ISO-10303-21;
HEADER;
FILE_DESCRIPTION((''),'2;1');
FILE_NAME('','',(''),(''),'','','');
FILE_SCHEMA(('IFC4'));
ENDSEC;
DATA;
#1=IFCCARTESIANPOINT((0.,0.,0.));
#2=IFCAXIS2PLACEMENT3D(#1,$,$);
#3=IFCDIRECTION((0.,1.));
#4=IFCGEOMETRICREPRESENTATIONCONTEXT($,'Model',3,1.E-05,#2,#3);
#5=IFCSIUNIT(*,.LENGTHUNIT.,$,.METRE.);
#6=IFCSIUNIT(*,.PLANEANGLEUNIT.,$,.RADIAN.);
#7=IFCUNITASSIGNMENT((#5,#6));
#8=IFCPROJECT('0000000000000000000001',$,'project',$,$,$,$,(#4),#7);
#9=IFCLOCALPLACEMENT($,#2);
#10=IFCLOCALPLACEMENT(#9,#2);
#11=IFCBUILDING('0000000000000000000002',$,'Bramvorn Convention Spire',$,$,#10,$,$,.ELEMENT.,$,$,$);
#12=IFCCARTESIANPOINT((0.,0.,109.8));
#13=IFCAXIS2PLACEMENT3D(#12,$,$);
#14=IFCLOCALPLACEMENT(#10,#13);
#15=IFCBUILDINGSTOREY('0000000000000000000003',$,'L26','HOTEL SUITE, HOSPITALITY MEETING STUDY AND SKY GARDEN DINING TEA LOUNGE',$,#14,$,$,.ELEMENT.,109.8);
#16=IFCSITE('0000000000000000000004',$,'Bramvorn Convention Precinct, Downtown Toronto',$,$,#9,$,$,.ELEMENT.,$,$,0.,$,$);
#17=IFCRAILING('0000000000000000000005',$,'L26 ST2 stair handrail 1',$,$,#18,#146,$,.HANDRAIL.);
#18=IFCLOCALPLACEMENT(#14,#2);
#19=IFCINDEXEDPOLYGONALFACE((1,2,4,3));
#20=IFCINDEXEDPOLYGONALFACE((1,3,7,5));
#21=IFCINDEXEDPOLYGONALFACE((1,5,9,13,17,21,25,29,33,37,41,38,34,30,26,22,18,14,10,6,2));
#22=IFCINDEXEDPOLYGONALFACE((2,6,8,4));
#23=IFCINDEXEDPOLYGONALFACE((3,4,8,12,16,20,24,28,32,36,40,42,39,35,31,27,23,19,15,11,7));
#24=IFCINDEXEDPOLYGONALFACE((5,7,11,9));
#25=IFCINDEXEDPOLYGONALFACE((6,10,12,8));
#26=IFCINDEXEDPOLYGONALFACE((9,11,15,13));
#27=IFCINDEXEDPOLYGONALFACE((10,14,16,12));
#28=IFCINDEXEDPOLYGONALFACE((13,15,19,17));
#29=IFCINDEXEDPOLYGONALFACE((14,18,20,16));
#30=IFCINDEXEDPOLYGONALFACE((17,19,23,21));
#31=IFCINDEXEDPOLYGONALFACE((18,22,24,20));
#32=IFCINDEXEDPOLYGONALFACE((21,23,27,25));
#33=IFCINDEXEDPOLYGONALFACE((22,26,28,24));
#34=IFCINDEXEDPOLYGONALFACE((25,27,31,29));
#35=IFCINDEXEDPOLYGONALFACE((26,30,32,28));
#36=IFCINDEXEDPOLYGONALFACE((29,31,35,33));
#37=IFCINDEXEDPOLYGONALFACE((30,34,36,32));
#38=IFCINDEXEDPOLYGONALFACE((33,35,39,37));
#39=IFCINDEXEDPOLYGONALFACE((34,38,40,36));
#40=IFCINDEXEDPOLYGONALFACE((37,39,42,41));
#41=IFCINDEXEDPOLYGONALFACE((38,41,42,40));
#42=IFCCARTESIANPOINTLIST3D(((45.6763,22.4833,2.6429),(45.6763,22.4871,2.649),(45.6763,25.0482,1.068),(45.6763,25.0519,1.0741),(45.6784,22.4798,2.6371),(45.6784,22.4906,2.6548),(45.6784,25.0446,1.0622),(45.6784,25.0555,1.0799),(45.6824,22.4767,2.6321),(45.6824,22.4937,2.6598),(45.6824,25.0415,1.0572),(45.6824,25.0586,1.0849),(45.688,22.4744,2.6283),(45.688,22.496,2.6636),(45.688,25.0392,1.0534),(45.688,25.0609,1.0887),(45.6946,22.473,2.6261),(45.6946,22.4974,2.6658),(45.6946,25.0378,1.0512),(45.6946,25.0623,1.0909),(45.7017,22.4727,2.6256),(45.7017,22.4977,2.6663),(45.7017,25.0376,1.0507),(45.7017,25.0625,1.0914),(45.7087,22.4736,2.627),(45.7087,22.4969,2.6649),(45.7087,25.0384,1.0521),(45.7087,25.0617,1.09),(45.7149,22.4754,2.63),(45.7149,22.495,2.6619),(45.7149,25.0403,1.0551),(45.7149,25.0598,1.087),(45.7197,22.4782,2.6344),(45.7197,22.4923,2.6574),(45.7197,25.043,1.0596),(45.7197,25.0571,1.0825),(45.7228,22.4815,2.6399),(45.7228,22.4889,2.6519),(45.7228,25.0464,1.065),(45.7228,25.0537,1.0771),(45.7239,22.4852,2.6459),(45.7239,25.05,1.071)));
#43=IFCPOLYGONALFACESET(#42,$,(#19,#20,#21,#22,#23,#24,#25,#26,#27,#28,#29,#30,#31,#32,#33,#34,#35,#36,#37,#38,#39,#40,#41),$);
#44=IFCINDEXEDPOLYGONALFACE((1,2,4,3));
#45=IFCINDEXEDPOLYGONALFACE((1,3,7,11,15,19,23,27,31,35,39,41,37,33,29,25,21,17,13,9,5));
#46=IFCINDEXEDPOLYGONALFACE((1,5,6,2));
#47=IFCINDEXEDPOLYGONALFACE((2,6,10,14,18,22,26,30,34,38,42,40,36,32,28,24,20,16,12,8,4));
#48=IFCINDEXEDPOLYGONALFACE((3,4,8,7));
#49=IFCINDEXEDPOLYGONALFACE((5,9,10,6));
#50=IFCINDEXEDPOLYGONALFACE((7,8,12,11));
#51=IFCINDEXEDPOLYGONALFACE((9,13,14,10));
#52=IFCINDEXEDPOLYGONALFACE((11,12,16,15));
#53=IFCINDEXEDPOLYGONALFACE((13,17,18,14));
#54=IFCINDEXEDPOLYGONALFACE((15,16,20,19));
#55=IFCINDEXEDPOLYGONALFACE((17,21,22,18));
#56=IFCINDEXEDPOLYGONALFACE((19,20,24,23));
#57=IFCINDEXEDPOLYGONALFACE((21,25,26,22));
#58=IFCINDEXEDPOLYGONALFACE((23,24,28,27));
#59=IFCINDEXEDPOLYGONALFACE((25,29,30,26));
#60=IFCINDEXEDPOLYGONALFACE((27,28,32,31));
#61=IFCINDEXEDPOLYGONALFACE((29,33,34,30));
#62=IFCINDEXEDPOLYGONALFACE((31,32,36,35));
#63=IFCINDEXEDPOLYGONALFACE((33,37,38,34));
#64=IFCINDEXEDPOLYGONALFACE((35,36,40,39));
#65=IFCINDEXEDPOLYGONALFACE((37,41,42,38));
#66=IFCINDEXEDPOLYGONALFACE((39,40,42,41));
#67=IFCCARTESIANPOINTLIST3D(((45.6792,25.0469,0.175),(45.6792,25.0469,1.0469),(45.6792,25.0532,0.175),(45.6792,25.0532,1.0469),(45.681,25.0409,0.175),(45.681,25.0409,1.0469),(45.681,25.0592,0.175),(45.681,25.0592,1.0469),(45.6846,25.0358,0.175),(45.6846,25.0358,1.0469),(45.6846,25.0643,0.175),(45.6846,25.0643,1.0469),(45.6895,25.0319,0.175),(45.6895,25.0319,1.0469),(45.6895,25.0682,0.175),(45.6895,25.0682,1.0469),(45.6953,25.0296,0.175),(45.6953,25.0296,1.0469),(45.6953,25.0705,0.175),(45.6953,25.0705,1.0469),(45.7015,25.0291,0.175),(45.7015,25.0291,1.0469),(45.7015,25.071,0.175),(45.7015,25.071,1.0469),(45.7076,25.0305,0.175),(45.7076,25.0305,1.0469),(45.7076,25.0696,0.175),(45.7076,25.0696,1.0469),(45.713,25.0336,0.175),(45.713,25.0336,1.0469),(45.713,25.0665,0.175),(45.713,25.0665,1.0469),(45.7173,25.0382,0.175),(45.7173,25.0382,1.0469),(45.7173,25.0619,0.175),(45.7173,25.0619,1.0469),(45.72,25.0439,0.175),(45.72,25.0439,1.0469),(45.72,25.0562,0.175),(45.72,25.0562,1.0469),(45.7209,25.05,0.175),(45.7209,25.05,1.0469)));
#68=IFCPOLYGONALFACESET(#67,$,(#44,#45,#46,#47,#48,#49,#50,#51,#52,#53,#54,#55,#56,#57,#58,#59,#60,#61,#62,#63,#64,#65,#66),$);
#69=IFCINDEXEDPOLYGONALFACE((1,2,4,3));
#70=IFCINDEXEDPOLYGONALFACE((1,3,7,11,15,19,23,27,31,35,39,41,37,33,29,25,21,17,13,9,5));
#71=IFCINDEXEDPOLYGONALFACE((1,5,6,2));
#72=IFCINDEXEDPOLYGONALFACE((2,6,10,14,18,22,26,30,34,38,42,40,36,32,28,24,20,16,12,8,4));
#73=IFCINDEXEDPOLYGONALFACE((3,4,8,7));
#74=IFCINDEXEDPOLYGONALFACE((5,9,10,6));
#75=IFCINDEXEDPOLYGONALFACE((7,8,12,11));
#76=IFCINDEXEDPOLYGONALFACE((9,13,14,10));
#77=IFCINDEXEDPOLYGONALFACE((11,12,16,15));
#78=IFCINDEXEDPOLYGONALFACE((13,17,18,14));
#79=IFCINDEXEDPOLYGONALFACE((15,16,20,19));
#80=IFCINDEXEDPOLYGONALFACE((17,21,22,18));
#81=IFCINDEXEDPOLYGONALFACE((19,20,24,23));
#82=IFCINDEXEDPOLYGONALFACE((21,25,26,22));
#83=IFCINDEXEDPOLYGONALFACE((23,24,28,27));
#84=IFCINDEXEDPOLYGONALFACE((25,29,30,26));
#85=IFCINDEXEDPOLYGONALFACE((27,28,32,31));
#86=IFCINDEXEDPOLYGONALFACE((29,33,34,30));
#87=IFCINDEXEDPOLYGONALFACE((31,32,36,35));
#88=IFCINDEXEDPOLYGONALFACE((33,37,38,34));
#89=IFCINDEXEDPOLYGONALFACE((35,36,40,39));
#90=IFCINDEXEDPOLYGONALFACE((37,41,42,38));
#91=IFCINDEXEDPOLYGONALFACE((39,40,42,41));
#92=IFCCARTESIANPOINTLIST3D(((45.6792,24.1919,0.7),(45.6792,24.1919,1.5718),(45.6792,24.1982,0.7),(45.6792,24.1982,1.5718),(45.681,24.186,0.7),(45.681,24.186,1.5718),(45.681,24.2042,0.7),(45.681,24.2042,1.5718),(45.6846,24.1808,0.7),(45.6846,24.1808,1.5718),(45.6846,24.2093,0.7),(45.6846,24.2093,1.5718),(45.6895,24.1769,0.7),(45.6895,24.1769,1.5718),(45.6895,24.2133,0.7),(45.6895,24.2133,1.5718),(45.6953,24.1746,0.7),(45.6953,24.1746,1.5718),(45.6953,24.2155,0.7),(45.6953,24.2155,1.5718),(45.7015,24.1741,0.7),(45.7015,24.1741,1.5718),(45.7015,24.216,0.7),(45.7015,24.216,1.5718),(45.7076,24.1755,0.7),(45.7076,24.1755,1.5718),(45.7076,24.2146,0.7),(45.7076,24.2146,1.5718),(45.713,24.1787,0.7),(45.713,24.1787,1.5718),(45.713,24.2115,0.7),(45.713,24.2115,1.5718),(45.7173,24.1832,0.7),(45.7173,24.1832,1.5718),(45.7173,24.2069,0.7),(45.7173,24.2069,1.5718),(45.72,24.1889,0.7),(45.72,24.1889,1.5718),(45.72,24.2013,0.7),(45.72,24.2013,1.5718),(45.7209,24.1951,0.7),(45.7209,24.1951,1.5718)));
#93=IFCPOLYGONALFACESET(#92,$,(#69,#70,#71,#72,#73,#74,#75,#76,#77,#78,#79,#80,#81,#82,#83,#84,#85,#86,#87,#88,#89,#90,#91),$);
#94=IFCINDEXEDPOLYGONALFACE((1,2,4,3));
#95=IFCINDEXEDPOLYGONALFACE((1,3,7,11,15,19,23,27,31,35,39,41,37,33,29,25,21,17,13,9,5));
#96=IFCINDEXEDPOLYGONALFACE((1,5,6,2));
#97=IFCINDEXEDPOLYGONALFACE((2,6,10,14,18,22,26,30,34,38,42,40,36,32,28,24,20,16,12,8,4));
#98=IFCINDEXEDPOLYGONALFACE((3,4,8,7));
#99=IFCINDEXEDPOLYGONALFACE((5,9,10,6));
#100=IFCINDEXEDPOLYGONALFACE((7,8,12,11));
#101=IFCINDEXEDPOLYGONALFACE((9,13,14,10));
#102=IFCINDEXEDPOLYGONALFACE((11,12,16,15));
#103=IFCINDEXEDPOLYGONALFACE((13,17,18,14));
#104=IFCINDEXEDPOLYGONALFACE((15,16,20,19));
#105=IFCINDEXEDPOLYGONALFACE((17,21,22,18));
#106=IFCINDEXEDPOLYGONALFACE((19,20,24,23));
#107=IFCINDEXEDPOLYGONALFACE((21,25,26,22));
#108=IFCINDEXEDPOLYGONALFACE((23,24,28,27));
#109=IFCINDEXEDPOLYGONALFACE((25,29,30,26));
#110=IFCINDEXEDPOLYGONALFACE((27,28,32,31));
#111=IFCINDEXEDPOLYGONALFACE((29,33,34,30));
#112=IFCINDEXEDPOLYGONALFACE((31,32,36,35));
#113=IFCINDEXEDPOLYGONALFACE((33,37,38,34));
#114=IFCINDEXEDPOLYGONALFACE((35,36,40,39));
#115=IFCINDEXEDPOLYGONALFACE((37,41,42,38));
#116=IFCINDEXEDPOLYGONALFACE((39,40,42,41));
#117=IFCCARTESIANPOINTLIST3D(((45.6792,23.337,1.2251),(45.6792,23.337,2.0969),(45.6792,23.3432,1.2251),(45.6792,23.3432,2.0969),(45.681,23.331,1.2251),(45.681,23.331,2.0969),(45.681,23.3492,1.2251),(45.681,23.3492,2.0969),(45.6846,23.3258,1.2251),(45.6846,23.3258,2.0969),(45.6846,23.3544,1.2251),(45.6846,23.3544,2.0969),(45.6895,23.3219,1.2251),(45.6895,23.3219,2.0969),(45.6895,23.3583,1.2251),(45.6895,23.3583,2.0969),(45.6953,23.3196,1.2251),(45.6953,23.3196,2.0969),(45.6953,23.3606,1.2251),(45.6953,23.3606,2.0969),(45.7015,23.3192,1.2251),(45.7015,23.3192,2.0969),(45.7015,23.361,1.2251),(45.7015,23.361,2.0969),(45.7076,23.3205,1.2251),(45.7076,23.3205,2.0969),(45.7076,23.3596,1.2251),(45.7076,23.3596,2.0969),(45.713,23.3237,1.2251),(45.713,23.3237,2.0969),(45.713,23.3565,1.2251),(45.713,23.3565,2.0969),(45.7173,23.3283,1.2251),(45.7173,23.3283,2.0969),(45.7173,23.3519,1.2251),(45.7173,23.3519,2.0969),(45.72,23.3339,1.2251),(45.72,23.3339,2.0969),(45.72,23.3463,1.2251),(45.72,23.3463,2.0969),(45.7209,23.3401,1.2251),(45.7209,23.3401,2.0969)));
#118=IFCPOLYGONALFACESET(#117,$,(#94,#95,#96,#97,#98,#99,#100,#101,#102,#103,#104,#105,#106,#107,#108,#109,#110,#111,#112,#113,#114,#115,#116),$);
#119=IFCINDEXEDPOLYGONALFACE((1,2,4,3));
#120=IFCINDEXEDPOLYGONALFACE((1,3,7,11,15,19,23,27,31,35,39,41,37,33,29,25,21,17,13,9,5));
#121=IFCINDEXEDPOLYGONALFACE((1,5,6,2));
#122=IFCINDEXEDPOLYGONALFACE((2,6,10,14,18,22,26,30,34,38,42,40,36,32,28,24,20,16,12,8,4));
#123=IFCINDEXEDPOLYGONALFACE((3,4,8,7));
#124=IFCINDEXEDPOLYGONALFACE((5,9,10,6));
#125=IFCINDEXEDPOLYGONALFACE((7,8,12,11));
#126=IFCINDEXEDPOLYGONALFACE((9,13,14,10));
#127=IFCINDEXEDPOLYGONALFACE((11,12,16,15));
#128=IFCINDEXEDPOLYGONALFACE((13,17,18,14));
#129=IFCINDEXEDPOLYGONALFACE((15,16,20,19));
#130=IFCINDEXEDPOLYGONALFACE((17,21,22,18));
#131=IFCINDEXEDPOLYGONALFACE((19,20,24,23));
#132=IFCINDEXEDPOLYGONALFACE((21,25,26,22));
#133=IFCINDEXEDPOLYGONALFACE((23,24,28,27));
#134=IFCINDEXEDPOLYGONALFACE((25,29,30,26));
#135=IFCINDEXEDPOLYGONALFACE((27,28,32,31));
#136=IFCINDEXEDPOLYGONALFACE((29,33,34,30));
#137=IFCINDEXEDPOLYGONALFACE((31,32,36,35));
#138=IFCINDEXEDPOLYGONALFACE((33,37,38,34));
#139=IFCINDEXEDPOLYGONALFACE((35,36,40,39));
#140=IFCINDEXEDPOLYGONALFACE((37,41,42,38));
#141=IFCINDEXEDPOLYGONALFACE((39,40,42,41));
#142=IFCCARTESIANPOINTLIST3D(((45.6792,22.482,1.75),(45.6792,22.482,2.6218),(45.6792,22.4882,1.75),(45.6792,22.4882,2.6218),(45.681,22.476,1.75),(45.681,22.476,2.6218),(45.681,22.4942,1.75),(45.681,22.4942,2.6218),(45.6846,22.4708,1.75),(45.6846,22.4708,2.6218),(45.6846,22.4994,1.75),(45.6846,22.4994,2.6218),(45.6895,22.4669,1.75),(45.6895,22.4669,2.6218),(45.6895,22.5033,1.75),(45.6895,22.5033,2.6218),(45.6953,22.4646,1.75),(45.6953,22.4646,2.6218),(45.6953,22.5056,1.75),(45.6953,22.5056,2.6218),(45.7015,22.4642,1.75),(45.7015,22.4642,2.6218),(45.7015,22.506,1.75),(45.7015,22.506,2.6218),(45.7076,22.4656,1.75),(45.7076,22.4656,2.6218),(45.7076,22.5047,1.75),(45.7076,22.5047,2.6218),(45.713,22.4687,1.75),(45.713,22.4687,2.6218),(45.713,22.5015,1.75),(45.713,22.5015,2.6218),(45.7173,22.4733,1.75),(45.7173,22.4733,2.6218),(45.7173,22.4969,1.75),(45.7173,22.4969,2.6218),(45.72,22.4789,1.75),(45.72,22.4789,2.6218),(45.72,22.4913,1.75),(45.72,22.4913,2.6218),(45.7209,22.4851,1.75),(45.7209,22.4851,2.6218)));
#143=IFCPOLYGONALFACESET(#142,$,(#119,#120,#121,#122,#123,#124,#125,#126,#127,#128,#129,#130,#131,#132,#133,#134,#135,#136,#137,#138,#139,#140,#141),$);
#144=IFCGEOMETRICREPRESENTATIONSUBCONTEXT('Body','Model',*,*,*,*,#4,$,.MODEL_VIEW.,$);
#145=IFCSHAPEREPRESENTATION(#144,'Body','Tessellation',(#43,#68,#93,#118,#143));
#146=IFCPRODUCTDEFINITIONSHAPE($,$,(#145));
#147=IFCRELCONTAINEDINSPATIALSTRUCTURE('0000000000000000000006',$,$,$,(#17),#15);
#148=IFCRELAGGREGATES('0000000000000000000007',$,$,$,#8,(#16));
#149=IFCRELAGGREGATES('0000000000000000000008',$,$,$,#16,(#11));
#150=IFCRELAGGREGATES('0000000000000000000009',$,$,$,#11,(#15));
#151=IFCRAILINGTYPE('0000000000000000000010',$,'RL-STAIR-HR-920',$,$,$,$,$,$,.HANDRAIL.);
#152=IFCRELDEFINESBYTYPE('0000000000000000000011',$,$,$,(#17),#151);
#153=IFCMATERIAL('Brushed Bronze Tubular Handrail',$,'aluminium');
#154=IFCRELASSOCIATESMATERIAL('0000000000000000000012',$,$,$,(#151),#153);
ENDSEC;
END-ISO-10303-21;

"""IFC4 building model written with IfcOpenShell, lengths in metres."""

from ifc_helpers import new_model, si_unit, direction, frame, origin, origin_2d, place, context, subcontext, project, spatial, circle, extrude, material, type_object, element, save


model = new_model("IFC4")

# Units and contexts
model_context = context("Model", 3, precision=1e-05, world=origin(), true_north=direction((0.0, 1.0)))
body_context = subcontext(model_context, "Body", "Model", "MODEL_VIEW")
ifc_project = project(units=[si_unit("LENGTHUNIT", "METRE"), si_unit("PLANEANGLEUNIT", "RADIAN")], contexts=[model_context])

# Site, building, storey
site_placement = place(None, origin())
site = spatial("IfcSite", under=ifc_project, at=site_placement, Name="Bramvorn Convention Precinct, Downtown Toronto", CompositionType="ELEMENT", RefElevation=0.0)
building_placement = place(site_placement, origin())
building = spatial("IfcBuilding", under=site, at=building_placement, Name="Bramvorn Convention Spire", CompositionType="ELEMENT")
storey_placement = place(building_placement, frame((0.0, 0.0, 109.8)))
storey = spatial("IfcBuildingStorey", under=building, at=storey_placement, Name="L26", Description="HOTEL SUITE, HOSPITALITY MEETING STUDY AND SKY GARDEN DINING TEA LOUNGE", CompositionType="ELEMENT", Elevation=109.8)

# Railing
ifc_material_1 = material(Name="Brushed Bronze Tubular Handrail", Category="aluminium")
railing_type_1 = type_object("IfcRailingType", Name="RL-STAIR-HR-920", PredefinedType="HANDRAIL", material=ifc_material_1)
railing_1_placement = place(storey_placement, frame((45.7, 25.05, 0.175)))
element("IfcRailing", 1, at=railing_1_placement, inside=storey, type_object=railing_type_1, Name="L26 ST2 stair handrail 1", PredefinedType="HANDRAIL", context=body_context, shape_type="SweptSolid", body=[
    extrude(circle(Radius=0.0239, at=origin_2d()), frame((0.0, 0.0, 0.896), z_axis=(0.0, -0.852173, 0.52326), x_axis=(1.0, 0.0, 0.0)), (0.0, 0.0, 1.0), 3.0098),
    extrude(circle(Radius=0.021, at=origin_2d()), origin(), (0.0, 0.0, 1.0), 0.8718),
    extrude(circle(Radius=0.021, at=origin_2d()), frame((0.0, -0.855, 0.5249)), (0.0, 0.0, 1.0), 0.8718),
    extrude(circle(Radius=0.021, at=origin_2d()), frame((0.0, -1.71, 1.05)), (0.0, 0.0, 1.0), 0.8718),
    extrude(circle(Radius=0.021, at=origin_2d()), frame((0.0, -2.5649, 1.575)), (0.0, 0.0, 1.0), 0.8718),
])

save(model, "model.ifc")
